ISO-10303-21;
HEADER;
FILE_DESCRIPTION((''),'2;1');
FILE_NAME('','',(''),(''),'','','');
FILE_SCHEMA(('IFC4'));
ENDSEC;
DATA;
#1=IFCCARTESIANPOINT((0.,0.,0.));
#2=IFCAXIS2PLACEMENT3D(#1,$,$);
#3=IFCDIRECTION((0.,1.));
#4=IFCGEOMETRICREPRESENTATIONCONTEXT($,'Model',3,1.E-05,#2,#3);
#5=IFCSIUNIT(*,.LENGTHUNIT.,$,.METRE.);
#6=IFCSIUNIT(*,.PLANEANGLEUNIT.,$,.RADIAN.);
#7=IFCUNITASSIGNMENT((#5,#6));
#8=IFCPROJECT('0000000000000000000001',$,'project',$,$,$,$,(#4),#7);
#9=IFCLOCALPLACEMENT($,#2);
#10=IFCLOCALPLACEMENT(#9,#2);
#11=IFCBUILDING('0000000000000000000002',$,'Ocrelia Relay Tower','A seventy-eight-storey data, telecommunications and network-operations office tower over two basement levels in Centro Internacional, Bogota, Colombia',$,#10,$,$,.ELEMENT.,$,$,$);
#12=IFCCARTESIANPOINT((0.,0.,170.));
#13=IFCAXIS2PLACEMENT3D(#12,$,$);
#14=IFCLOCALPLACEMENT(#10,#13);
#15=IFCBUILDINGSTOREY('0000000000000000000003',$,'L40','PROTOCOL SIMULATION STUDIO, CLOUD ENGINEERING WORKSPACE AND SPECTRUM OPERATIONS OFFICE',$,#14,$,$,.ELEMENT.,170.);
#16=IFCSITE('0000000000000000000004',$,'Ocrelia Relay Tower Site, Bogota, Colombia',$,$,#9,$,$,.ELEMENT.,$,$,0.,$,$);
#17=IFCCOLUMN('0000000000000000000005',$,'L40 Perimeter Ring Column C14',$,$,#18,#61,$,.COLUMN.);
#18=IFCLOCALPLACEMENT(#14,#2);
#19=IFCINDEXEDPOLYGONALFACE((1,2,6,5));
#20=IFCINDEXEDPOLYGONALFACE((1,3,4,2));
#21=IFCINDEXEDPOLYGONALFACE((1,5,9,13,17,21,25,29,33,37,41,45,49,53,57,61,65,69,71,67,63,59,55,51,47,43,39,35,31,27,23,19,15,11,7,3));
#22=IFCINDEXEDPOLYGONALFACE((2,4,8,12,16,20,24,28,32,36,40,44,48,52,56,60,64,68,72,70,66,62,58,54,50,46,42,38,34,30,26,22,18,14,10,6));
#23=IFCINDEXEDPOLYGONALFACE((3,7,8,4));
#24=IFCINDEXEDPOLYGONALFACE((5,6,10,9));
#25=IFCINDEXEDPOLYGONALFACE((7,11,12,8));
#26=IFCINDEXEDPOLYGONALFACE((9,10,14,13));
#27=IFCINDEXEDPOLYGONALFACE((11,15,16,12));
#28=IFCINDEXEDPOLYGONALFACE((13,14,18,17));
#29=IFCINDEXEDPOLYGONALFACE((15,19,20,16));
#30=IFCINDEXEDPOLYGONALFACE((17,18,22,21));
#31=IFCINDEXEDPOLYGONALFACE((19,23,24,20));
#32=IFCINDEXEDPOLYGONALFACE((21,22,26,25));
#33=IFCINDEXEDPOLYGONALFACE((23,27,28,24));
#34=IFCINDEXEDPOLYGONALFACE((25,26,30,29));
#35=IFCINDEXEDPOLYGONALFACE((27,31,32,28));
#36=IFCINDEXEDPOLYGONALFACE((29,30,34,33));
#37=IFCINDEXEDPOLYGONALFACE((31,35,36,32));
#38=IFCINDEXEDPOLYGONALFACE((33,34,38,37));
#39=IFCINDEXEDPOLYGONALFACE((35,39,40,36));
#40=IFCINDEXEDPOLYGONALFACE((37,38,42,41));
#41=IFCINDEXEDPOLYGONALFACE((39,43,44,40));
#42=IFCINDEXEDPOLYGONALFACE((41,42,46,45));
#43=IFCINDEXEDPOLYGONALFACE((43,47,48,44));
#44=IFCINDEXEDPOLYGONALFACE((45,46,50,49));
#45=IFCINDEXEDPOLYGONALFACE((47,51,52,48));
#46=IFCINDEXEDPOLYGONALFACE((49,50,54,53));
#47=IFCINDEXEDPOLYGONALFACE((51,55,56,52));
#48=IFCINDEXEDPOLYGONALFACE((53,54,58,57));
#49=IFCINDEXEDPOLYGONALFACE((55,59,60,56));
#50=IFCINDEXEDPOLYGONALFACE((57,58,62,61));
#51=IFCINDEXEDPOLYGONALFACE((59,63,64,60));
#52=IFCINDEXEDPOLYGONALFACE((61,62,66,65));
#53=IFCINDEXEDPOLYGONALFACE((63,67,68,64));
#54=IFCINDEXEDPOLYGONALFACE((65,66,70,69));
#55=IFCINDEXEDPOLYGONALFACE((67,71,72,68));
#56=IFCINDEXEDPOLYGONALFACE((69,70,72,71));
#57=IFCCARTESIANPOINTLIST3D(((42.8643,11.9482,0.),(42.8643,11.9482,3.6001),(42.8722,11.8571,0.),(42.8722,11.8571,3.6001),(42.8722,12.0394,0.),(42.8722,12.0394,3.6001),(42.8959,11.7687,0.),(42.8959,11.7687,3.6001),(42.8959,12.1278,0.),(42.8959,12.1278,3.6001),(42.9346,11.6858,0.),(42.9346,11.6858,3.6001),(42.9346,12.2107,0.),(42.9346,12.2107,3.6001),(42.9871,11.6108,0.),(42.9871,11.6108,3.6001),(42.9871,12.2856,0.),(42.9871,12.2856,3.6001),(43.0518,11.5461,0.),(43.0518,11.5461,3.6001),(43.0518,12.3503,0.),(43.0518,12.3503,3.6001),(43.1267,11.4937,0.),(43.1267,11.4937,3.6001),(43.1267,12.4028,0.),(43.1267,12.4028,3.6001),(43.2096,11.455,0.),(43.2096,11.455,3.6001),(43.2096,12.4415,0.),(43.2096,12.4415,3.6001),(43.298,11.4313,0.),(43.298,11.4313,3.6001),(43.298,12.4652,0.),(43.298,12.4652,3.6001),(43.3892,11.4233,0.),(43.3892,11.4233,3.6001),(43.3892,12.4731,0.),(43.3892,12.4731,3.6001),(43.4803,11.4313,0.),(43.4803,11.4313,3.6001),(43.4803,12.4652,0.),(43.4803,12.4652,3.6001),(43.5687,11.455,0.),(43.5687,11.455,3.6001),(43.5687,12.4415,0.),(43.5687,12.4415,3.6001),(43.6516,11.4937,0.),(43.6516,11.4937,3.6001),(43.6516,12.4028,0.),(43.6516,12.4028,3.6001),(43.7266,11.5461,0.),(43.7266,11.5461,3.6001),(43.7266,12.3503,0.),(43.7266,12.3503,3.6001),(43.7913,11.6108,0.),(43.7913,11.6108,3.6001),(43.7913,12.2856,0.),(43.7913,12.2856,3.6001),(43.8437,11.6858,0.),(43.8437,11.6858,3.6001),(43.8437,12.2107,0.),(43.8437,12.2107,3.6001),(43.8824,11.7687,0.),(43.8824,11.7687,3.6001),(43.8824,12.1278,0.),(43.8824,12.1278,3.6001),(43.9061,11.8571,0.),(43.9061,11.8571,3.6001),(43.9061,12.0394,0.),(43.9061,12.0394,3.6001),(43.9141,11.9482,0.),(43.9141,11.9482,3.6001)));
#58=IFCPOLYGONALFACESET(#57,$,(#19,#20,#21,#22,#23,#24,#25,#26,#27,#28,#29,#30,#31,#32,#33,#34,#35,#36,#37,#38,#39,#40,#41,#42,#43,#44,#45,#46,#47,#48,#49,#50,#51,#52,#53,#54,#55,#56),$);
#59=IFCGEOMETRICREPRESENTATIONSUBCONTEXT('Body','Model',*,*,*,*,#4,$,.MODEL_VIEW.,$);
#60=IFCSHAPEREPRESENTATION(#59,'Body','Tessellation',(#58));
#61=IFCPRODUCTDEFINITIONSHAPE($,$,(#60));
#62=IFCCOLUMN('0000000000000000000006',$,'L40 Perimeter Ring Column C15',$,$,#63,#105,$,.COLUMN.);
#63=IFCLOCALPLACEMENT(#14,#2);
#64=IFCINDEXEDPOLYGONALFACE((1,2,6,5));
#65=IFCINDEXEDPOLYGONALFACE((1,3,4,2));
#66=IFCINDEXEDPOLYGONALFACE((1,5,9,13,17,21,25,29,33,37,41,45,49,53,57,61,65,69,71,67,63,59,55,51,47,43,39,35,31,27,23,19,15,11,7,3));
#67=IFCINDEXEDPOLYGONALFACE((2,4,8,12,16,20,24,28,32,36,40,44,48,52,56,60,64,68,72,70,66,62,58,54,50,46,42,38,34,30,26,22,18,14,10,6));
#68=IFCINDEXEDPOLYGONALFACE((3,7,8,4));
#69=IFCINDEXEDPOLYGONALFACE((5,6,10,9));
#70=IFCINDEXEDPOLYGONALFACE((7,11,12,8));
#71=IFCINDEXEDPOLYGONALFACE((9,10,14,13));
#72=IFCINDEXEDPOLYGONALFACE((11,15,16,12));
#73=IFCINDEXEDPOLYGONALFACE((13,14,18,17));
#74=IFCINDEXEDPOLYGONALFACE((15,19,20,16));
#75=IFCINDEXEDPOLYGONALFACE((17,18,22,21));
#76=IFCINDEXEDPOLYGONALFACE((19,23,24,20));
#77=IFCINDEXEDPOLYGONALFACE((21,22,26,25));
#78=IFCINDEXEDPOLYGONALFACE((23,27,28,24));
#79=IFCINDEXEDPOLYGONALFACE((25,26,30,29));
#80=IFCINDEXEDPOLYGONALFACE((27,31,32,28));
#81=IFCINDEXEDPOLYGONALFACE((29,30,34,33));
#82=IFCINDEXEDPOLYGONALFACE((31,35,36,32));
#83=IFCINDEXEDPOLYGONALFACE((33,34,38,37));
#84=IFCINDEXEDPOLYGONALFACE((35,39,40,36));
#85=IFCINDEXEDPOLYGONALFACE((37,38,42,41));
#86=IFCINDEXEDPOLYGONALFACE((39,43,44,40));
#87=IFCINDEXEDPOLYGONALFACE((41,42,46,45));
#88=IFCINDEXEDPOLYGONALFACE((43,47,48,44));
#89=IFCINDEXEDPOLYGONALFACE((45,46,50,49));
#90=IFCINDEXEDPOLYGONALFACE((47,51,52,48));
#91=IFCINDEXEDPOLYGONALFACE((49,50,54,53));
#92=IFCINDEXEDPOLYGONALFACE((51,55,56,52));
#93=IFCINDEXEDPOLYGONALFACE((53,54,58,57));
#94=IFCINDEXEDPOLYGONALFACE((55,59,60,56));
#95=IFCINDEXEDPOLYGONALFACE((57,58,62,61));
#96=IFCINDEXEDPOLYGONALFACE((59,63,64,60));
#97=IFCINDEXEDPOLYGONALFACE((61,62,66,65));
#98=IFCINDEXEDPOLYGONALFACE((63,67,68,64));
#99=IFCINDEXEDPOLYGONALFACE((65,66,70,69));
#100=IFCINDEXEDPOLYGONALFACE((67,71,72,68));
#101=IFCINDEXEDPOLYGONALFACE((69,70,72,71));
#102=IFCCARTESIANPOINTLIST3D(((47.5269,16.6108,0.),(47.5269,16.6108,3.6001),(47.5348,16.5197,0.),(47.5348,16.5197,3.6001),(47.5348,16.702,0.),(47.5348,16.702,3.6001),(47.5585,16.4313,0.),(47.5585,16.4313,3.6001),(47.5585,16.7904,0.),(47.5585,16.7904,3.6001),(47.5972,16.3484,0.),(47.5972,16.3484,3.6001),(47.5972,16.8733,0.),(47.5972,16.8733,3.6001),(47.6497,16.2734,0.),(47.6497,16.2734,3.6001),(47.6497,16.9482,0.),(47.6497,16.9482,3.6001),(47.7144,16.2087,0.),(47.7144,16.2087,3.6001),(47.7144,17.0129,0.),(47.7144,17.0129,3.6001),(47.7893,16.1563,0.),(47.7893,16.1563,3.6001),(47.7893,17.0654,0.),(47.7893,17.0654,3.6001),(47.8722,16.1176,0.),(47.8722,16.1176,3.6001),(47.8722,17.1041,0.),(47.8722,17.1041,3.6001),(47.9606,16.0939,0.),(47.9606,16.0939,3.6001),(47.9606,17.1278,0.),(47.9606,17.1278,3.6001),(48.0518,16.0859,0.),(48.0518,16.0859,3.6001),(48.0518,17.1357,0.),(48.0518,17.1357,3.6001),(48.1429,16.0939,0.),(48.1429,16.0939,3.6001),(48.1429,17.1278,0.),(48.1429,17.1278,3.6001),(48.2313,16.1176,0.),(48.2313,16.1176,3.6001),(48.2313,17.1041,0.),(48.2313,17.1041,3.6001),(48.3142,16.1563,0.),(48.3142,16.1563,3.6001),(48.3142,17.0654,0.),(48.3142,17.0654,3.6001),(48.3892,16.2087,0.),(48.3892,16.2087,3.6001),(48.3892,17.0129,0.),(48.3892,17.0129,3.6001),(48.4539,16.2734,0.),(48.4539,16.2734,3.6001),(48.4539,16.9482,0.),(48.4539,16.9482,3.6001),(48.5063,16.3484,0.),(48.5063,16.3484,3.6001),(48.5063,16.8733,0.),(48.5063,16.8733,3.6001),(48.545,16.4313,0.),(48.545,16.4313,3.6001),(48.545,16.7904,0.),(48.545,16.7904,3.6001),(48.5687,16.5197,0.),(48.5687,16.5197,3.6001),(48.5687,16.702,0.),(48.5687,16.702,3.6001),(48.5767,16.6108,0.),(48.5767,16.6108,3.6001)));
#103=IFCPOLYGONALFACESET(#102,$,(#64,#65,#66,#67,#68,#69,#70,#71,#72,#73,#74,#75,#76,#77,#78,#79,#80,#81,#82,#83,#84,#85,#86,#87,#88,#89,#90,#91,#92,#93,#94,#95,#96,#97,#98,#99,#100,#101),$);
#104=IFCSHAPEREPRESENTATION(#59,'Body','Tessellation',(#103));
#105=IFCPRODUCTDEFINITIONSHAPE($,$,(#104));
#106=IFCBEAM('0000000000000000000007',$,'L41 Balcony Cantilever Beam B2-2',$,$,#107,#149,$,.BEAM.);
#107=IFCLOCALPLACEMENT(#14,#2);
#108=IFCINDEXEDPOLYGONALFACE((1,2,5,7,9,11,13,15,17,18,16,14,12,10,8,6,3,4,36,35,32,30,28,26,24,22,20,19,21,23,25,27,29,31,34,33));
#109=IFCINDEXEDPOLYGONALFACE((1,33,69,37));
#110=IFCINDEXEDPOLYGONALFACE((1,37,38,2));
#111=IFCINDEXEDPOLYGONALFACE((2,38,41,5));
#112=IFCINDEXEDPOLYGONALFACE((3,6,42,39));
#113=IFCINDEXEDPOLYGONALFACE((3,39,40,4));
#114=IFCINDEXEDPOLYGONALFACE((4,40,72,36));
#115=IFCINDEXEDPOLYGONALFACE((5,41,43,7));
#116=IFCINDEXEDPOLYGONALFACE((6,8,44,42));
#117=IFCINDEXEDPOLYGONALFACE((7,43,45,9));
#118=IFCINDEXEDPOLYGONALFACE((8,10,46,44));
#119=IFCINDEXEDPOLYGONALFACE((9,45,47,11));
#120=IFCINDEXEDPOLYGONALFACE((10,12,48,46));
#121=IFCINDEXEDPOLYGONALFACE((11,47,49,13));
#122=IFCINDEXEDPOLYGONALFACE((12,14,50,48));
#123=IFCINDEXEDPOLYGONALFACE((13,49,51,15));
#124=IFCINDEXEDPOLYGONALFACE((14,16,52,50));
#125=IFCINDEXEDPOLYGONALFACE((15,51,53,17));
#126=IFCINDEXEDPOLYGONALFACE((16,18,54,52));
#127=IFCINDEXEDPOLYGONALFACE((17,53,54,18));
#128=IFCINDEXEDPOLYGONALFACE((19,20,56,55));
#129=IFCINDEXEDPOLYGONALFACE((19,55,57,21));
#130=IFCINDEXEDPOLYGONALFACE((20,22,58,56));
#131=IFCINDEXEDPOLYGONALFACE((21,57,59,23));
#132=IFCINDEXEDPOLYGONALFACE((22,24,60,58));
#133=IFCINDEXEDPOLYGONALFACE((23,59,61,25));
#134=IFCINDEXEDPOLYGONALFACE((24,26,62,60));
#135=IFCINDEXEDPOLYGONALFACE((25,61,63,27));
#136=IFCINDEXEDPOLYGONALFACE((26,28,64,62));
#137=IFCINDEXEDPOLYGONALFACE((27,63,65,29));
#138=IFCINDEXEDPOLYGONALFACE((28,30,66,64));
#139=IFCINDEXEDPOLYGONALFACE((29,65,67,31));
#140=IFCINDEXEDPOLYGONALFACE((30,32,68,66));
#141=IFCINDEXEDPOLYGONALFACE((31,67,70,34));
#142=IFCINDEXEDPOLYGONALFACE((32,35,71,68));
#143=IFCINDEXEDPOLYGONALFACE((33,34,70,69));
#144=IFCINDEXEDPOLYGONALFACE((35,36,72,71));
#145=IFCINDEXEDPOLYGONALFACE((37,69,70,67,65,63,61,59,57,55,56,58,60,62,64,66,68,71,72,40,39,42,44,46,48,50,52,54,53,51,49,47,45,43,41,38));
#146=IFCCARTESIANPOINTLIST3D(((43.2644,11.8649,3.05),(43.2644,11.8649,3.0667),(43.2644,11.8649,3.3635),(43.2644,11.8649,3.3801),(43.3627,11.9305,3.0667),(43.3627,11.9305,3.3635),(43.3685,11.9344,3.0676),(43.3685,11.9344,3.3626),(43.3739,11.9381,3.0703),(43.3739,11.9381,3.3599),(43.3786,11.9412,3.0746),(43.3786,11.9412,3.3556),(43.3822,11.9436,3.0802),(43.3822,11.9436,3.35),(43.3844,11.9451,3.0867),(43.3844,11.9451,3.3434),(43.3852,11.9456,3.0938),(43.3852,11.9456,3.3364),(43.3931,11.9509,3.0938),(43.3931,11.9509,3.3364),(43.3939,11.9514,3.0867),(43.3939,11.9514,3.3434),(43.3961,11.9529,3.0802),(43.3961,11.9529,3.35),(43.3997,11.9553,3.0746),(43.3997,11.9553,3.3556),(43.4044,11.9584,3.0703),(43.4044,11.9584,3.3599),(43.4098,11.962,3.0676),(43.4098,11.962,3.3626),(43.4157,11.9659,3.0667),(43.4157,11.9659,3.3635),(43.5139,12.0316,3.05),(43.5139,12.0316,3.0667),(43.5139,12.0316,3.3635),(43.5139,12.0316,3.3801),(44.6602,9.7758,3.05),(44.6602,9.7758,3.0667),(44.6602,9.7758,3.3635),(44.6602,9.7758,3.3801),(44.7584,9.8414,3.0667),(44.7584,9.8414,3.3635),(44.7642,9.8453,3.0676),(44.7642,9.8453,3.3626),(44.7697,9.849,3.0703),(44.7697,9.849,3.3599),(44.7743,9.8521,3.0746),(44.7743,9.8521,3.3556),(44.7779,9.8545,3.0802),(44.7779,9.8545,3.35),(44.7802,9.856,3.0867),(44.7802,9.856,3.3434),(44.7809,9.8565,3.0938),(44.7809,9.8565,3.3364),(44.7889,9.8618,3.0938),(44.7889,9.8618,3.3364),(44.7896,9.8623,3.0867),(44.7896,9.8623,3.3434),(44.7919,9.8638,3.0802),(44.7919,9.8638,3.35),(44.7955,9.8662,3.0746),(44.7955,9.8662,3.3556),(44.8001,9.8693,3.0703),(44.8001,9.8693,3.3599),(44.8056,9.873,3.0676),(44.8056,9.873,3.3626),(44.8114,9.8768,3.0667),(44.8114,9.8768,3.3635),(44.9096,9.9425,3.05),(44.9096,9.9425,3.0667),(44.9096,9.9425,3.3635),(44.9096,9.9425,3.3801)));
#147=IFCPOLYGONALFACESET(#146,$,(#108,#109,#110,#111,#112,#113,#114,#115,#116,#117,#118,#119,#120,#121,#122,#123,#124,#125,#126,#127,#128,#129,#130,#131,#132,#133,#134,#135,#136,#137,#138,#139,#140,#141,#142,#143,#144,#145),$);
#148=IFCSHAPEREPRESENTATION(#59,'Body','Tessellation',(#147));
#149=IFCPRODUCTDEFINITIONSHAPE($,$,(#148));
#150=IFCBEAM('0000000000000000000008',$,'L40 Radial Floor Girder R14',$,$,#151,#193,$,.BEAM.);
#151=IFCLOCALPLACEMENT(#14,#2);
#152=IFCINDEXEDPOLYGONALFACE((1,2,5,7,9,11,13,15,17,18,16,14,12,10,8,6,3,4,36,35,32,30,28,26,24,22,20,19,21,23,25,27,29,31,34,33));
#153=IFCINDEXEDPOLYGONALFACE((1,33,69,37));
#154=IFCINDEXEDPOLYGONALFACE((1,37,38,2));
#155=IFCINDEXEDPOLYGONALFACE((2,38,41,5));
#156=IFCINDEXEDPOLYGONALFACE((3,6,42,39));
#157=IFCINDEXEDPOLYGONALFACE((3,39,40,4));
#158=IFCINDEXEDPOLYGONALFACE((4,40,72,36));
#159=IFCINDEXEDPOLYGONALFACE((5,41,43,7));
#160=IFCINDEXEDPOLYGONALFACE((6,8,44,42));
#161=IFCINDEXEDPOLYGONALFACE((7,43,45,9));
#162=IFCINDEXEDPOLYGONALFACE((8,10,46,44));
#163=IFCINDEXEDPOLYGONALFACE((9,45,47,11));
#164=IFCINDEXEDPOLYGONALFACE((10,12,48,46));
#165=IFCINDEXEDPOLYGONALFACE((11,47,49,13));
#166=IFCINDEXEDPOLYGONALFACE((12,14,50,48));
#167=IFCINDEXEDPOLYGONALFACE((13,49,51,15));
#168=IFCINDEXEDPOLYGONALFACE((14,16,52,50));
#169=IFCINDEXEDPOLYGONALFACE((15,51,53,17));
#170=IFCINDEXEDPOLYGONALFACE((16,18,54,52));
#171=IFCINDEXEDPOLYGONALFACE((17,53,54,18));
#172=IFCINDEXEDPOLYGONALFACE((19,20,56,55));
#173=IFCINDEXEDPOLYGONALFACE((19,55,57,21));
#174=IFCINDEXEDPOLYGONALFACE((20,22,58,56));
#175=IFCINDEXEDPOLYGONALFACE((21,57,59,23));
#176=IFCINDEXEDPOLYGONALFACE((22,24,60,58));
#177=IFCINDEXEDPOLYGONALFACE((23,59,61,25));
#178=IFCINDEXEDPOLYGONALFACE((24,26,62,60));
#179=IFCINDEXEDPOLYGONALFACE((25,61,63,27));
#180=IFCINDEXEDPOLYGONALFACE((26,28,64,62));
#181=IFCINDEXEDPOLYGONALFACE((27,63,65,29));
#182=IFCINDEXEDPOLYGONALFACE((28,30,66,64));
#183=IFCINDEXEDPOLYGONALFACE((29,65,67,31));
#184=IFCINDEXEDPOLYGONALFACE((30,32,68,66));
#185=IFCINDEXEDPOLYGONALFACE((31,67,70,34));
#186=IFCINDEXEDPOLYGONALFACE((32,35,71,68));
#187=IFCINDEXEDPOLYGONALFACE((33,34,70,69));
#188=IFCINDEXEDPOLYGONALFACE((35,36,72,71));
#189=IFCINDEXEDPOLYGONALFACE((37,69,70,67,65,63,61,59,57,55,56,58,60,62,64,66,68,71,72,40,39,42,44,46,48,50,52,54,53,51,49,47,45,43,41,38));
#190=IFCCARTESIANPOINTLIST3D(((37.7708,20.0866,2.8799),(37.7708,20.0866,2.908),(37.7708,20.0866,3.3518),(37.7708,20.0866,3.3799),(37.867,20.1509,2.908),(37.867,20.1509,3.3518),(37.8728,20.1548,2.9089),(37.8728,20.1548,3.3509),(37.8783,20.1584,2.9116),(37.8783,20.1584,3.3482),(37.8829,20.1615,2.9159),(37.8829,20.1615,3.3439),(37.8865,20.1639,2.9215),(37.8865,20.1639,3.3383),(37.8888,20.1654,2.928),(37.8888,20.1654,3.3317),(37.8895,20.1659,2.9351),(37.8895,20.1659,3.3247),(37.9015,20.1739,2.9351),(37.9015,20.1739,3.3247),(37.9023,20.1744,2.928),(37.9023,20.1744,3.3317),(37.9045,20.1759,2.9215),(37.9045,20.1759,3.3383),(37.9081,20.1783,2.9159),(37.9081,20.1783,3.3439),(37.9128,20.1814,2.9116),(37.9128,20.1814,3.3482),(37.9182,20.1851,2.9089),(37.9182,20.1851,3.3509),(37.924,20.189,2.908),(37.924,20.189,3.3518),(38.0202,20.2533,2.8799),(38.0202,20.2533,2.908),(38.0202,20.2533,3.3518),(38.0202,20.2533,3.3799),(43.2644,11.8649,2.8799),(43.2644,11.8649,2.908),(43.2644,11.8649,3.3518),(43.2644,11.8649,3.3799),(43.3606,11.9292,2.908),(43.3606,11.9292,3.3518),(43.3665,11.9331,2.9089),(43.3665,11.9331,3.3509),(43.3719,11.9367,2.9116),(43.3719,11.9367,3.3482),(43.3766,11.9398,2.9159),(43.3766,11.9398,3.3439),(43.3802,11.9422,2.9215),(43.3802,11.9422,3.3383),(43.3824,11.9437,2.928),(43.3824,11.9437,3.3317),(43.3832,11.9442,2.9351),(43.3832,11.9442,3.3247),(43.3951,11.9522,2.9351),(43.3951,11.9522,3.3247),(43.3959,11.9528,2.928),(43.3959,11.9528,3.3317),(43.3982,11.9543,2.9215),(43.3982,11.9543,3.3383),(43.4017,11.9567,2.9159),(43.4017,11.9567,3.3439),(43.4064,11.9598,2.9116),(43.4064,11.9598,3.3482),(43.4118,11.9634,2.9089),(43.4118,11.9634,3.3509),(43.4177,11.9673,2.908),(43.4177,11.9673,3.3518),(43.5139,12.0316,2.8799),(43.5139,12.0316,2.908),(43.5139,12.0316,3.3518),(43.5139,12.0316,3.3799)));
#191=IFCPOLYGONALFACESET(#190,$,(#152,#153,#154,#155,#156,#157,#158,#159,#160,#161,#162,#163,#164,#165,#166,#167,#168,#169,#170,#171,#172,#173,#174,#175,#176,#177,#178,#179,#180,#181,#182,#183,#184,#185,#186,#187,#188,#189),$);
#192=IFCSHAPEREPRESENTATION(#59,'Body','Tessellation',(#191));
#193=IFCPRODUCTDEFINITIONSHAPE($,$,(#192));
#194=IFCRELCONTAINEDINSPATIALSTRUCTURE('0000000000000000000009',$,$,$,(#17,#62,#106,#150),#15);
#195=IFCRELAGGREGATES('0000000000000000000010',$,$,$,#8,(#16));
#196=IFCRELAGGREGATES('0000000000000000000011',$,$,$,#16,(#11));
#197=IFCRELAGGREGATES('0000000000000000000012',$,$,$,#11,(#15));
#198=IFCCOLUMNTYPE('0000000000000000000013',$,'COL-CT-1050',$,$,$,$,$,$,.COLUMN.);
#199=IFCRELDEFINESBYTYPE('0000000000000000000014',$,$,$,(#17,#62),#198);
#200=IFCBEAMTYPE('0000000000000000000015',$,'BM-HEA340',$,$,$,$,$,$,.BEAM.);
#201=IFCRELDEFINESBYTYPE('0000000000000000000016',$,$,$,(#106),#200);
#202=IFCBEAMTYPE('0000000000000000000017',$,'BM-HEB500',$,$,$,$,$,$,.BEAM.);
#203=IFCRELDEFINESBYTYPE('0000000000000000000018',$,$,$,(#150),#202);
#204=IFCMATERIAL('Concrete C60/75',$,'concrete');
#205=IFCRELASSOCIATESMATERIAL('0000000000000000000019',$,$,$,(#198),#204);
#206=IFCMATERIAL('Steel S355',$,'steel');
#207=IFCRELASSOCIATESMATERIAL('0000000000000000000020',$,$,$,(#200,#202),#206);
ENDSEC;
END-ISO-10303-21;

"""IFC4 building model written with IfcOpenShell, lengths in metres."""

from ifc_helpers import new_model, si_unit, direction, frame, origin, origin_2d, place, context, subcontext, project, spatial, circle, i_section, extrude, material, material_profile, profile_set, type_object, element, save


model = new_model("IFC4")

# Units and contexts
model_context = context("Model", 3, precision=1e-05, world=origin(), true_north=direction((0.0, 1.0)))
body_context = subcontext(model_context, "Body", "Model", "MODEL_VIEW")
ifc_project = project(units=[si_unit("LENGTHUNIT", "METRE"), si_unit("PLANEANGLEUNIT", "RADIAN")], contexts=[model_context])

# Site, building, storey
site_placement = place(None, origin())
site = spatial("IfcSite", under=ifc_project, at=site_placement, Name="Ocrelia Relay Tower Site, Bogota, Colombia", CompositionType="ELEMENT", RefElevation=0.0)
building_placement = place(site_placement, origin())
building = spatial("IfcBuilding", under=site, at=building_placement, Name="Ocrelia Relay Tower", Description="A seventy-eight-storey data, telecommunications and network-operations office tower over two basement levels in Centro Internacional, Bogota, Colombia", CompositionType="ELEMENT")
storey_placement = place(building_placement, frame((0.0, 0.0, 170.0)))
storey = spatial("IfcBuildingStorey", under=building, at=storey_placement, Name="L40", Description="PROTOCOL SIMULATION STUDIO, CLOUD ENGINEERING WORKSPACE AND SPECTRUM OPERATIONS OFFICE", CompositionType="ELEMENT", Elevation=170.0)

# Columns
ifc_material_1 = material(Name="Concrete C60/75", Category="concrete")
ifc_material_profile_1 = material_profile(ifc_material_1, circle(Radius=0.5249, at=origin_2d()), Name="RC-CIR-1050")
ifc_profile_set_1 = profile_set([ifc_material_profile_1], Name="Concrete C60/75")
column_type = type_object("IfcColumnType", Name="COL-CT-1050", PredefinedType="COLUMN", material=ifc_profile_set_1)
for number, where, z_axis, x_axis, name in (
    (1, (43.3892, 11.9482, 0.0), (0.0, 0.0, 1.0), (1.0, 0.0, 0.0), "L40 Perimeter Ring Column C14"),
    (2, (48.0518, 16.6108, 0.0), (0.0, 0.0, 1.0), (1.0, 0.0, 0.0), "L40 Perimeter Ring Column C15"),
):
    element("IfcColumn", number, at=place(storey_placement, frame(where, z_axis=z_axis, x_axis=x_axis)), inside=storey, type_object=column_type, Name=name, PredefinedType="COLUMN", context=body_context, shape_type="SweptSolid", body=[
        extrude(circle(Radius=0.5249, at=origin_2d()), origin(), (0.0, 0.0, 1.0), 3.6001),
    ])

# Beams
ifc_material_2 = material(Name="Steel S355", Category="steel")
ifc_material_profile_2 = material_profile(ifc_material_2, i_section(OverallWidth=0.3, OverallDepth=0.3301, WebThickness=0.0095, FlangeThickness=0.0166, FilletRadius=0.0271, at=origin_2d()), Name="HEA 340")
ifc_profile_set_2 = profile_set([ifc_material_profile_2], Name="Steel S355")
beam_type_1 = type_object("IfcBeamType", Name="BM-HEA340", PredefinedType="BEAM", material=ifc_profile_set_2)
beam_1_placement = place(storey_placement, frame((43.3892, 11.9482, 3.2151), z_axis=(0.55553, -0.831497, 0.0), x_axis=(0.831497, 0.55553, 0.0)))
element("IfcBeam", 3, at=beam_1_placement, inside=storey, type_object=beam_type_1, Name="L41 Balcony Cantilever Beam B2-2", PredefinedType="BEAM", context=body_context, shape_type="SweptSolid", body=[
    extrude(i_section(OverallWidth=0.3, OverallDepth=0.3301, WebThickness=0.0095, FlangeThickness=0.0166, FilletRadius=0.0271, at=origin_2d()), origin(), (0.0, 0.0, 1.0), 2.5125),
])
ifc_material_profile_3 = material_profile(ifc_material_2, i_section(OverallWidth=0.3, OverallDepth=0.5, WebThickness=0.0144, FlangeThickness=0.0281, FilletRadius=0.0271, at=origin_2d()), Name="HEB 500")
ifc_profile_set_3 = profile_set([ifc_material_profile_3], Name="Steel S355")
beam_type_2 = type_object("IfcBeamType", Name="BM-HEB500", PredefinedType="BEAM", material=ifc_profile_set_3)
beam_2_placement = place(storey_placement, frame((43.3892, 11.9482, 3.1299), z_axis=(-0.555577, 0.831465, 0.0), x_axis=(-0.831465, -0.555577, 0.0)))
element("IfcBeam", 4, at=beam_2_placement, inside=storey, type_object=beam_type_2, Name="L40 Radial Floor Girder R14", PredefinedType="BEAM", context=body_context, shape_type="SweptSolid", body=[
    extrude(i_section(OverallWidth=0.3, OverallDepth=0.5, WebThickness=0.0144, FlangeThickness=0.0281, FilletRadius=0.0271, at=origin_2d()), origin(), (0.0, 0.0, 1.0), 9.8882),
])

save(model, "model.ifc")
